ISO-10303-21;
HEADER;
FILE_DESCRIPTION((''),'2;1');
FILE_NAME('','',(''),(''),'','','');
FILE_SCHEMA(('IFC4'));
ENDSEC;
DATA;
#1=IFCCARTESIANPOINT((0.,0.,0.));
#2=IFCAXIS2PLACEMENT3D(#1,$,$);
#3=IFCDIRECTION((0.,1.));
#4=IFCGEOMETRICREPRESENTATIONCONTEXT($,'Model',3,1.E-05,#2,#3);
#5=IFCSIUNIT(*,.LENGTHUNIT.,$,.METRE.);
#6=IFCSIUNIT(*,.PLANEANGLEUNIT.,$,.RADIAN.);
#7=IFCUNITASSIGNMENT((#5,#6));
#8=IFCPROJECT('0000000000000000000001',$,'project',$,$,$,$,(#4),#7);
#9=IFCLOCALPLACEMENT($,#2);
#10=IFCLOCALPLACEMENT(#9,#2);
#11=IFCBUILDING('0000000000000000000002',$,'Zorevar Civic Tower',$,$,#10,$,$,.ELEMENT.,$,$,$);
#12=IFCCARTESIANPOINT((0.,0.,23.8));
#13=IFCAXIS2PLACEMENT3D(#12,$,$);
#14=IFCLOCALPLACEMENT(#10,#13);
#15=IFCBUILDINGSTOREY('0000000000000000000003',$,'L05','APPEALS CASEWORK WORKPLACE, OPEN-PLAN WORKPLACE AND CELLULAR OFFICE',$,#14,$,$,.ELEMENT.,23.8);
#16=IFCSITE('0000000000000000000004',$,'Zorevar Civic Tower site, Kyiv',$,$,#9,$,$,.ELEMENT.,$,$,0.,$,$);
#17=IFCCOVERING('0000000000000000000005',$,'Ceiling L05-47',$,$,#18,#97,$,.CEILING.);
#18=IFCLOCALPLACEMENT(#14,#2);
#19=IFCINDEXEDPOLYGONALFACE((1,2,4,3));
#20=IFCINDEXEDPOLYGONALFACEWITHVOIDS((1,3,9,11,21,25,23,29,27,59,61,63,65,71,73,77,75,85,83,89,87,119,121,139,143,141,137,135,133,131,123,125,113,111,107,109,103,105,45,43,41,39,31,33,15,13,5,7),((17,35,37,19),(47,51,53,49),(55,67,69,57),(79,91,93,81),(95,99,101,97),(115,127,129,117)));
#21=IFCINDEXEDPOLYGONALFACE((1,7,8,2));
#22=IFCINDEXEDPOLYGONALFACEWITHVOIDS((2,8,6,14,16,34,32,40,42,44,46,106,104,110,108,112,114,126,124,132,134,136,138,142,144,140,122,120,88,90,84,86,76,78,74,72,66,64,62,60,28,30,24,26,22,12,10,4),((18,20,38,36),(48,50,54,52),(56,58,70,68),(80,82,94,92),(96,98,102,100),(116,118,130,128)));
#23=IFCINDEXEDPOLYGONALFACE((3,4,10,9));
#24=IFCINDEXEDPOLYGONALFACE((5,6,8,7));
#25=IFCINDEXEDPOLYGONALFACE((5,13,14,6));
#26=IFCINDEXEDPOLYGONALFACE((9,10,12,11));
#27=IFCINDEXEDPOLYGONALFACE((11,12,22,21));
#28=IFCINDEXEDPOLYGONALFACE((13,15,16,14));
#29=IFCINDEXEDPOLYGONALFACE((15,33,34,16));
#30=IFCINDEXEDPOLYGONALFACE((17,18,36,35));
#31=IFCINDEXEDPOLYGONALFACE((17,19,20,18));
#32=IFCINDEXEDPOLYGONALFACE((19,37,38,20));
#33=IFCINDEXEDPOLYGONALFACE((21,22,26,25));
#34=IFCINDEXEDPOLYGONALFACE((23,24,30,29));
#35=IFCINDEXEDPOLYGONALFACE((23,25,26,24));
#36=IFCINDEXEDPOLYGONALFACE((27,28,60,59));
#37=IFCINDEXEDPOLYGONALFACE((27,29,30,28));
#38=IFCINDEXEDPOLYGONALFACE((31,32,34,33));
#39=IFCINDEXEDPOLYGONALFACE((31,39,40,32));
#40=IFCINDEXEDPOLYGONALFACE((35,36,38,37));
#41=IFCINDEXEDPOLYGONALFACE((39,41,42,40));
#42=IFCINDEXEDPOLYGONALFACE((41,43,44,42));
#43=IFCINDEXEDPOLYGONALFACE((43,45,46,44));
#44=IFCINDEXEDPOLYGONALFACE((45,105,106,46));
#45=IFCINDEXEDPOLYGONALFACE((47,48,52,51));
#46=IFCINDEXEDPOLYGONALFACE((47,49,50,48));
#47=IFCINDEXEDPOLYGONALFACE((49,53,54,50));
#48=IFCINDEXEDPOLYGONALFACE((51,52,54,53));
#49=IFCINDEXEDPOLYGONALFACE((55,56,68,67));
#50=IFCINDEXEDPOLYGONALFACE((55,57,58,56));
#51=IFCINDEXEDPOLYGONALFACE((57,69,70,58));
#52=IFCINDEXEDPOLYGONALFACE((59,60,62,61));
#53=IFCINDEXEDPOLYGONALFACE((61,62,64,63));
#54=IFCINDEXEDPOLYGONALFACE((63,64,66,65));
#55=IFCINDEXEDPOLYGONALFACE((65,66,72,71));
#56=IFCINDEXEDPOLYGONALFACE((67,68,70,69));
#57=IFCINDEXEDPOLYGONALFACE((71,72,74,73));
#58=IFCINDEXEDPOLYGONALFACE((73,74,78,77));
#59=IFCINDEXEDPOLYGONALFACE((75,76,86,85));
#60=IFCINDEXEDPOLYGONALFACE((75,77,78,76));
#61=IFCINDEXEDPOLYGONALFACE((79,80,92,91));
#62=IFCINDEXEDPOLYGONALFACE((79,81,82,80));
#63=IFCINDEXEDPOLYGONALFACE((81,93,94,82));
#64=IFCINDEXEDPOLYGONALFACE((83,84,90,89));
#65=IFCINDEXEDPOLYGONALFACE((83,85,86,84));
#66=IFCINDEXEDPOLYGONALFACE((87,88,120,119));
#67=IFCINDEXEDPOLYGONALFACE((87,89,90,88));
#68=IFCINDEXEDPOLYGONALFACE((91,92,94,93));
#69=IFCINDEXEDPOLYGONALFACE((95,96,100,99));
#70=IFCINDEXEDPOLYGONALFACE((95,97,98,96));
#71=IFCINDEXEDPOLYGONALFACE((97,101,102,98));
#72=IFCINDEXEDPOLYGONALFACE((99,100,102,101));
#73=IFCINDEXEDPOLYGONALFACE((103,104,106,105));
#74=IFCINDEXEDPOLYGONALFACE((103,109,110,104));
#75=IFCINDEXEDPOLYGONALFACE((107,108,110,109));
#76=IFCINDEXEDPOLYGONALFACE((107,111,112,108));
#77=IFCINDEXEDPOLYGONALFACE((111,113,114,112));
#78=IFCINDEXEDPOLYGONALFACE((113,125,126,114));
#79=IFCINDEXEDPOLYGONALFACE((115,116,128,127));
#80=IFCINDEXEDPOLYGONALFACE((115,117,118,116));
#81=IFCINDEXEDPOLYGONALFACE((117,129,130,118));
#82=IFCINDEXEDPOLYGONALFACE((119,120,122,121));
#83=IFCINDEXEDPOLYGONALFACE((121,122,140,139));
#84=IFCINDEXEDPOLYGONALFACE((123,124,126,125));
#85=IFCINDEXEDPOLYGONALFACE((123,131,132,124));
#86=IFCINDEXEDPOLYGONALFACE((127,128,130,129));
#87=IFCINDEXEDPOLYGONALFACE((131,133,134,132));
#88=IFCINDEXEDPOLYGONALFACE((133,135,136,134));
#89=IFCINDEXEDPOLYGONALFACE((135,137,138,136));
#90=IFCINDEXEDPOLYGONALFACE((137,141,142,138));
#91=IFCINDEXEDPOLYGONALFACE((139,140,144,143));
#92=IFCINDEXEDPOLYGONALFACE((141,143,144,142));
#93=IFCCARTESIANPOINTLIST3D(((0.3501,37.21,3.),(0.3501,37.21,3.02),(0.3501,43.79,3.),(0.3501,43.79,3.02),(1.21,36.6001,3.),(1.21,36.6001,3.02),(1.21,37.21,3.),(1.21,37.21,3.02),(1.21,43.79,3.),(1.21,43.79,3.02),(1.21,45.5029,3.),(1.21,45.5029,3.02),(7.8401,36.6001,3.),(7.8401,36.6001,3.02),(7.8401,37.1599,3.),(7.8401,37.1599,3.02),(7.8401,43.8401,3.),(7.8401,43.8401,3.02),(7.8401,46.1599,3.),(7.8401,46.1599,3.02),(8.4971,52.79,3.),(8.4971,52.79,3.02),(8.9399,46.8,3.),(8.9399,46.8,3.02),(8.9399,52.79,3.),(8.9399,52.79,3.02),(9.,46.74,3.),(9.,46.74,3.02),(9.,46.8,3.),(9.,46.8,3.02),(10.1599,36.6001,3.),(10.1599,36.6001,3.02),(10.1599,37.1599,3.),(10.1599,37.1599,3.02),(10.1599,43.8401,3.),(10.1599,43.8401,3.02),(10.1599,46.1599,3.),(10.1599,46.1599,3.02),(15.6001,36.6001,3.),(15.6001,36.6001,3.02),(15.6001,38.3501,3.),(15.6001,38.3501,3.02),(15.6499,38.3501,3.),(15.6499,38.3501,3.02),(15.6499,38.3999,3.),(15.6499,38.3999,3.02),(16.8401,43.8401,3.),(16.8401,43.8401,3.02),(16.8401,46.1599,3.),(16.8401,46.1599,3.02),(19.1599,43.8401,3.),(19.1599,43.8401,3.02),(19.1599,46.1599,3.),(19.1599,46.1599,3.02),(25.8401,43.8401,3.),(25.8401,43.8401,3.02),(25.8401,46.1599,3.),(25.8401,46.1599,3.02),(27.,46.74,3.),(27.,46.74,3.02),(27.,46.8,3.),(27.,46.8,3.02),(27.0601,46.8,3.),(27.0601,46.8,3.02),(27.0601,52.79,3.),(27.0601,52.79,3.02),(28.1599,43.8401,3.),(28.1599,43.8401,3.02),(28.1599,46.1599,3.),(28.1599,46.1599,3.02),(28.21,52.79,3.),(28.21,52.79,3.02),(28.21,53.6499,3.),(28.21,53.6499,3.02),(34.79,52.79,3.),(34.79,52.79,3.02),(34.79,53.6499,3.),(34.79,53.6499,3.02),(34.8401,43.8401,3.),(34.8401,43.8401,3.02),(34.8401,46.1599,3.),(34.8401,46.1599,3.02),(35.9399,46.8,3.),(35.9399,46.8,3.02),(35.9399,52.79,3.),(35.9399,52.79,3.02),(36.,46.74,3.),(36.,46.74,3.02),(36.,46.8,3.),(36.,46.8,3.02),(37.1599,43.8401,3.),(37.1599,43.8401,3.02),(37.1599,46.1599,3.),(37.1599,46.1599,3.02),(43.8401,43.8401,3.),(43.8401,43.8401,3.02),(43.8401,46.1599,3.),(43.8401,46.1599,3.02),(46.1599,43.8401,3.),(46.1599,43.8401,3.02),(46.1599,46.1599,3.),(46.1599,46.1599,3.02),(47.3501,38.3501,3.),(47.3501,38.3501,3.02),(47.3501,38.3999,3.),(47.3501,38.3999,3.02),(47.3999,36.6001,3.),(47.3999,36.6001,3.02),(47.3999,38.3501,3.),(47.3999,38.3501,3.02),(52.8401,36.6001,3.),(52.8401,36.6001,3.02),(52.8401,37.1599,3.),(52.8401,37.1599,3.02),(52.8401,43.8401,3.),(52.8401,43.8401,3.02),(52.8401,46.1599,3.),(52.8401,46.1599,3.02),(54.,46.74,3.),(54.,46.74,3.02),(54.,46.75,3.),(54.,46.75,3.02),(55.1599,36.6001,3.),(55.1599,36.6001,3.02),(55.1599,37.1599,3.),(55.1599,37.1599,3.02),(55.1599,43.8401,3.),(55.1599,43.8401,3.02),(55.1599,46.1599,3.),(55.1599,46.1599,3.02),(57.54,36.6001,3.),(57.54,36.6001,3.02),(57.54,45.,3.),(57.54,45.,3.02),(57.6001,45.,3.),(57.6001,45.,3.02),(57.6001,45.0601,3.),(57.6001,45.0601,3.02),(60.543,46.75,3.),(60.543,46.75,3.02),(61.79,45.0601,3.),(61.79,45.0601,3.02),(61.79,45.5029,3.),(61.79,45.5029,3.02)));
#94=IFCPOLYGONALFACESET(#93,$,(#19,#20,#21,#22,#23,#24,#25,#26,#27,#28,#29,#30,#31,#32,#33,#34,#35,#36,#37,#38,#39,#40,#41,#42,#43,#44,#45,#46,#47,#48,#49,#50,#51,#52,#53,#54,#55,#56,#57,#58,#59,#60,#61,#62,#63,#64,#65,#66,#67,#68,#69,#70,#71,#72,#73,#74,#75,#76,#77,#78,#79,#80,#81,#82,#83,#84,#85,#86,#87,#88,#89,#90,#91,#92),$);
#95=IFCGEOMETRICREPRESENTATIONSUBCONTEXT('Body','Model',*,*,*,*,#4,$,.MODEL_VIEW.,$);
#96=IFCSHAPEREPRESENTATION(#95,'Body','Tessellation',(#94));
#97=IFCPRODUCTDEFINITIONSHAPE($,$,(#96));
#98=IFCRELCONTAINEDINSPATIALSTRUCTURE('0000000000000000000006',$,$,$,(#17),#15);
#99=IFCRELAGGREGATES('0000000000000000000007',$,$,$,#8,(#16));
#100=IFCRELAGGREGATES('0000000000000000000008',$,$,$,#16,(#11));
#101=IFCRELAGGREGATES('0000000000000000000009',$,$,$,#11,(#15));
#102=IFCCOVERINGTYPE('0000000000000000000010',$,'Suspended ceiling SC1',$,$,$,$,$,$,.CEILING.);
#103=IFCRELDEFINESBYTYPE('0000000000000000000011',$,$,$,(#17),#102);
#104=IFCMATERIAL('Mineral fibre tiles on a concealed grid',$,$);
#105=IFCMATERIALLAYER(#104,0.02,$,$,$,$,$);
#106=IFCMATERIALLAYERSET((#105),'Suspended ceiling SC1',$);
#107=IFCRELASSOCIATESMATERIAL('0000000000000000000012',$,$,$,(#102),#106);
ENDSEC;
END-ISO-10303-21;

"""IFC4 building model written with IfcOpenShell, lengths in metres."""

from ifc_helpers import new_model, si_unit, direction, frame, origin, place, context, subcontext, project, spatial, polyline, outline, extrude, material, layer, layer_set, type_object, element, save


model = new_model("IFC4")

# Units and contexts
model_context = context("Model", 3, precision=1e-05, world=origin(), true_north=direction((0.0, 1.0)))
body_context = subcontext(model_context, "Body", "Model", "MODEL_VIEW")
ifc_project = project(units=[si_unit("LENGTHUNIT", "METRE"), si_unit("PLANEANGLEUNIT", "RADIAN")], contexts=[model_context])

# Site, building, storey
site_placement = place(None, origin())
site = spatial("IfcSite", under=ifc_project, at=site_placement, Name="Zorevar Civic Tower site, Kyiv", CompositionType="ELEMENT", RefElevation=0.0)
building_placement = place(site_placement, origin())
building = spatial("IfcBuilding", under=site, at=building_placement, Name="Zorevar Civic Tower", CompositionType="ELEMENT")
storey_placement = place(building_placement, frame((0.0, 0.0, 23.8)))
storey = spatial("IfcBuildingStorey", under=building, at=storey_placement, Name="L05", Description="APPEALS CASEWORK WORKPLACE, OPEN-PLAN WORKPLACE AND CELLULAR OFFICE", CompositionType="ELEMENT", Elevation=23.8)

# Covering
ifc_material_1 = material(Name="Mineral fibre tiles on a concealed grid")
ifc_layer_1 = layer(ifc_material_1, 0.02)
ifc_layer_set_1 = layer_set([ifc_layer_1], Name="Suspended ceiling SC1")
covering_type_1 = type_object("IfcCoveringType", Name="Suspended ceiling SC1", PredefinedType="CEILING", material=ifc_layer_set_1)
covering_1_placement = place(storey_placement, frame((0.0, 0.0, 3.0)))
element("IfcCovering", 1, at=covering_1_placement, inside=storey, type_object=covering_type_1, Name="Ceiling L05-47", PredefinedType="CEILING", context=body_context, shape_type="SweptSolid", body=[
    extrude(outline(polyline([(61.79, 45.5029), (61.79, 45.0601), (57.6001, 45.0601), (57.6001, 45.0), (57.54, 45.0), (57.54, 36.6001), (55.1599, 36.6001), (55.1599, 37.1599), (52.8401, 37.1599), (52.8401, 36.6001), (47.3999, 36.6001), (47.3999, 38.3501), (47.3501, 38.3501), (47.3501, 38.3999), (15.6499, 38.3999), (15.6499, 38.3501), (15.6001, 38.3501), (15.6001, 36.6001), (10.1599, 36.6001), (10.1599, 37.1599), (7.8401, 37.1599), (7.8401, 36.6001), (1.21, 36.6001), (1.21, 37.21), (0.3501, 37.21), (0.3501, 43.79), (1.21, 43.79), (1.21, 45.5029), (8.4971, 52.79), (8.9399, 52.79), (8.9399, 46.8), (9.0, 46.8), (9.0, 46.74), (27.0, 46.74), (27.0, 46.8), (27.0601, 46.8), (27.0601, 52.79), (28.21, 52.79), (28.21, 53.6499), (34.79, 53.6499), (34.79, 52.79), (35.9399, 52.79), (35.9399, 46.8), (36.0, 46.8), (36.0, 46.74), (54.0, 46.74), (54.0, 46.75), (60.543, 46.75), (61.79, 45.5029)]), holes=[polyline([(10.1599, 46.1599), (7.8401, 46.1599), (7.8401, 43.8401), (10.1599, 43.8401), (10.1599, 46.1599)]), polyline([(16.8401, 43.8401), (19.1599, 43.8401), (19.1599, 46.1599), (16.8401, 46.1599), (16.8401, 43.8401)]), polyline([(25.8401, 46.1599), (25.8401, 43.8401), (28.1599, 43.8401), (28.1599, 46.1599), (25.8401, 46.1599)]), polyline([(37.1599, 43.8401), (37.1599, 46.1599), (34.8401, 46.1599), (34.8401, 43.8401), (37.1599, 43.8401)]), polyline([(43.8401, 46.1599), (43.8401, 43.8401), (46.1599, 43.8401), (46.1599, 46.1599), (43.8401, 46.1599)]), polyline([(55.1599, 43.8401), (55.1599, 46.1599), (52.8401, 46.1599), (52.8401, 43.8401), (55.1599, 43.8401)])]), origin(), (0.0, 0.0, 1.0), 0.02),
])

save(model, "model.ifc")
